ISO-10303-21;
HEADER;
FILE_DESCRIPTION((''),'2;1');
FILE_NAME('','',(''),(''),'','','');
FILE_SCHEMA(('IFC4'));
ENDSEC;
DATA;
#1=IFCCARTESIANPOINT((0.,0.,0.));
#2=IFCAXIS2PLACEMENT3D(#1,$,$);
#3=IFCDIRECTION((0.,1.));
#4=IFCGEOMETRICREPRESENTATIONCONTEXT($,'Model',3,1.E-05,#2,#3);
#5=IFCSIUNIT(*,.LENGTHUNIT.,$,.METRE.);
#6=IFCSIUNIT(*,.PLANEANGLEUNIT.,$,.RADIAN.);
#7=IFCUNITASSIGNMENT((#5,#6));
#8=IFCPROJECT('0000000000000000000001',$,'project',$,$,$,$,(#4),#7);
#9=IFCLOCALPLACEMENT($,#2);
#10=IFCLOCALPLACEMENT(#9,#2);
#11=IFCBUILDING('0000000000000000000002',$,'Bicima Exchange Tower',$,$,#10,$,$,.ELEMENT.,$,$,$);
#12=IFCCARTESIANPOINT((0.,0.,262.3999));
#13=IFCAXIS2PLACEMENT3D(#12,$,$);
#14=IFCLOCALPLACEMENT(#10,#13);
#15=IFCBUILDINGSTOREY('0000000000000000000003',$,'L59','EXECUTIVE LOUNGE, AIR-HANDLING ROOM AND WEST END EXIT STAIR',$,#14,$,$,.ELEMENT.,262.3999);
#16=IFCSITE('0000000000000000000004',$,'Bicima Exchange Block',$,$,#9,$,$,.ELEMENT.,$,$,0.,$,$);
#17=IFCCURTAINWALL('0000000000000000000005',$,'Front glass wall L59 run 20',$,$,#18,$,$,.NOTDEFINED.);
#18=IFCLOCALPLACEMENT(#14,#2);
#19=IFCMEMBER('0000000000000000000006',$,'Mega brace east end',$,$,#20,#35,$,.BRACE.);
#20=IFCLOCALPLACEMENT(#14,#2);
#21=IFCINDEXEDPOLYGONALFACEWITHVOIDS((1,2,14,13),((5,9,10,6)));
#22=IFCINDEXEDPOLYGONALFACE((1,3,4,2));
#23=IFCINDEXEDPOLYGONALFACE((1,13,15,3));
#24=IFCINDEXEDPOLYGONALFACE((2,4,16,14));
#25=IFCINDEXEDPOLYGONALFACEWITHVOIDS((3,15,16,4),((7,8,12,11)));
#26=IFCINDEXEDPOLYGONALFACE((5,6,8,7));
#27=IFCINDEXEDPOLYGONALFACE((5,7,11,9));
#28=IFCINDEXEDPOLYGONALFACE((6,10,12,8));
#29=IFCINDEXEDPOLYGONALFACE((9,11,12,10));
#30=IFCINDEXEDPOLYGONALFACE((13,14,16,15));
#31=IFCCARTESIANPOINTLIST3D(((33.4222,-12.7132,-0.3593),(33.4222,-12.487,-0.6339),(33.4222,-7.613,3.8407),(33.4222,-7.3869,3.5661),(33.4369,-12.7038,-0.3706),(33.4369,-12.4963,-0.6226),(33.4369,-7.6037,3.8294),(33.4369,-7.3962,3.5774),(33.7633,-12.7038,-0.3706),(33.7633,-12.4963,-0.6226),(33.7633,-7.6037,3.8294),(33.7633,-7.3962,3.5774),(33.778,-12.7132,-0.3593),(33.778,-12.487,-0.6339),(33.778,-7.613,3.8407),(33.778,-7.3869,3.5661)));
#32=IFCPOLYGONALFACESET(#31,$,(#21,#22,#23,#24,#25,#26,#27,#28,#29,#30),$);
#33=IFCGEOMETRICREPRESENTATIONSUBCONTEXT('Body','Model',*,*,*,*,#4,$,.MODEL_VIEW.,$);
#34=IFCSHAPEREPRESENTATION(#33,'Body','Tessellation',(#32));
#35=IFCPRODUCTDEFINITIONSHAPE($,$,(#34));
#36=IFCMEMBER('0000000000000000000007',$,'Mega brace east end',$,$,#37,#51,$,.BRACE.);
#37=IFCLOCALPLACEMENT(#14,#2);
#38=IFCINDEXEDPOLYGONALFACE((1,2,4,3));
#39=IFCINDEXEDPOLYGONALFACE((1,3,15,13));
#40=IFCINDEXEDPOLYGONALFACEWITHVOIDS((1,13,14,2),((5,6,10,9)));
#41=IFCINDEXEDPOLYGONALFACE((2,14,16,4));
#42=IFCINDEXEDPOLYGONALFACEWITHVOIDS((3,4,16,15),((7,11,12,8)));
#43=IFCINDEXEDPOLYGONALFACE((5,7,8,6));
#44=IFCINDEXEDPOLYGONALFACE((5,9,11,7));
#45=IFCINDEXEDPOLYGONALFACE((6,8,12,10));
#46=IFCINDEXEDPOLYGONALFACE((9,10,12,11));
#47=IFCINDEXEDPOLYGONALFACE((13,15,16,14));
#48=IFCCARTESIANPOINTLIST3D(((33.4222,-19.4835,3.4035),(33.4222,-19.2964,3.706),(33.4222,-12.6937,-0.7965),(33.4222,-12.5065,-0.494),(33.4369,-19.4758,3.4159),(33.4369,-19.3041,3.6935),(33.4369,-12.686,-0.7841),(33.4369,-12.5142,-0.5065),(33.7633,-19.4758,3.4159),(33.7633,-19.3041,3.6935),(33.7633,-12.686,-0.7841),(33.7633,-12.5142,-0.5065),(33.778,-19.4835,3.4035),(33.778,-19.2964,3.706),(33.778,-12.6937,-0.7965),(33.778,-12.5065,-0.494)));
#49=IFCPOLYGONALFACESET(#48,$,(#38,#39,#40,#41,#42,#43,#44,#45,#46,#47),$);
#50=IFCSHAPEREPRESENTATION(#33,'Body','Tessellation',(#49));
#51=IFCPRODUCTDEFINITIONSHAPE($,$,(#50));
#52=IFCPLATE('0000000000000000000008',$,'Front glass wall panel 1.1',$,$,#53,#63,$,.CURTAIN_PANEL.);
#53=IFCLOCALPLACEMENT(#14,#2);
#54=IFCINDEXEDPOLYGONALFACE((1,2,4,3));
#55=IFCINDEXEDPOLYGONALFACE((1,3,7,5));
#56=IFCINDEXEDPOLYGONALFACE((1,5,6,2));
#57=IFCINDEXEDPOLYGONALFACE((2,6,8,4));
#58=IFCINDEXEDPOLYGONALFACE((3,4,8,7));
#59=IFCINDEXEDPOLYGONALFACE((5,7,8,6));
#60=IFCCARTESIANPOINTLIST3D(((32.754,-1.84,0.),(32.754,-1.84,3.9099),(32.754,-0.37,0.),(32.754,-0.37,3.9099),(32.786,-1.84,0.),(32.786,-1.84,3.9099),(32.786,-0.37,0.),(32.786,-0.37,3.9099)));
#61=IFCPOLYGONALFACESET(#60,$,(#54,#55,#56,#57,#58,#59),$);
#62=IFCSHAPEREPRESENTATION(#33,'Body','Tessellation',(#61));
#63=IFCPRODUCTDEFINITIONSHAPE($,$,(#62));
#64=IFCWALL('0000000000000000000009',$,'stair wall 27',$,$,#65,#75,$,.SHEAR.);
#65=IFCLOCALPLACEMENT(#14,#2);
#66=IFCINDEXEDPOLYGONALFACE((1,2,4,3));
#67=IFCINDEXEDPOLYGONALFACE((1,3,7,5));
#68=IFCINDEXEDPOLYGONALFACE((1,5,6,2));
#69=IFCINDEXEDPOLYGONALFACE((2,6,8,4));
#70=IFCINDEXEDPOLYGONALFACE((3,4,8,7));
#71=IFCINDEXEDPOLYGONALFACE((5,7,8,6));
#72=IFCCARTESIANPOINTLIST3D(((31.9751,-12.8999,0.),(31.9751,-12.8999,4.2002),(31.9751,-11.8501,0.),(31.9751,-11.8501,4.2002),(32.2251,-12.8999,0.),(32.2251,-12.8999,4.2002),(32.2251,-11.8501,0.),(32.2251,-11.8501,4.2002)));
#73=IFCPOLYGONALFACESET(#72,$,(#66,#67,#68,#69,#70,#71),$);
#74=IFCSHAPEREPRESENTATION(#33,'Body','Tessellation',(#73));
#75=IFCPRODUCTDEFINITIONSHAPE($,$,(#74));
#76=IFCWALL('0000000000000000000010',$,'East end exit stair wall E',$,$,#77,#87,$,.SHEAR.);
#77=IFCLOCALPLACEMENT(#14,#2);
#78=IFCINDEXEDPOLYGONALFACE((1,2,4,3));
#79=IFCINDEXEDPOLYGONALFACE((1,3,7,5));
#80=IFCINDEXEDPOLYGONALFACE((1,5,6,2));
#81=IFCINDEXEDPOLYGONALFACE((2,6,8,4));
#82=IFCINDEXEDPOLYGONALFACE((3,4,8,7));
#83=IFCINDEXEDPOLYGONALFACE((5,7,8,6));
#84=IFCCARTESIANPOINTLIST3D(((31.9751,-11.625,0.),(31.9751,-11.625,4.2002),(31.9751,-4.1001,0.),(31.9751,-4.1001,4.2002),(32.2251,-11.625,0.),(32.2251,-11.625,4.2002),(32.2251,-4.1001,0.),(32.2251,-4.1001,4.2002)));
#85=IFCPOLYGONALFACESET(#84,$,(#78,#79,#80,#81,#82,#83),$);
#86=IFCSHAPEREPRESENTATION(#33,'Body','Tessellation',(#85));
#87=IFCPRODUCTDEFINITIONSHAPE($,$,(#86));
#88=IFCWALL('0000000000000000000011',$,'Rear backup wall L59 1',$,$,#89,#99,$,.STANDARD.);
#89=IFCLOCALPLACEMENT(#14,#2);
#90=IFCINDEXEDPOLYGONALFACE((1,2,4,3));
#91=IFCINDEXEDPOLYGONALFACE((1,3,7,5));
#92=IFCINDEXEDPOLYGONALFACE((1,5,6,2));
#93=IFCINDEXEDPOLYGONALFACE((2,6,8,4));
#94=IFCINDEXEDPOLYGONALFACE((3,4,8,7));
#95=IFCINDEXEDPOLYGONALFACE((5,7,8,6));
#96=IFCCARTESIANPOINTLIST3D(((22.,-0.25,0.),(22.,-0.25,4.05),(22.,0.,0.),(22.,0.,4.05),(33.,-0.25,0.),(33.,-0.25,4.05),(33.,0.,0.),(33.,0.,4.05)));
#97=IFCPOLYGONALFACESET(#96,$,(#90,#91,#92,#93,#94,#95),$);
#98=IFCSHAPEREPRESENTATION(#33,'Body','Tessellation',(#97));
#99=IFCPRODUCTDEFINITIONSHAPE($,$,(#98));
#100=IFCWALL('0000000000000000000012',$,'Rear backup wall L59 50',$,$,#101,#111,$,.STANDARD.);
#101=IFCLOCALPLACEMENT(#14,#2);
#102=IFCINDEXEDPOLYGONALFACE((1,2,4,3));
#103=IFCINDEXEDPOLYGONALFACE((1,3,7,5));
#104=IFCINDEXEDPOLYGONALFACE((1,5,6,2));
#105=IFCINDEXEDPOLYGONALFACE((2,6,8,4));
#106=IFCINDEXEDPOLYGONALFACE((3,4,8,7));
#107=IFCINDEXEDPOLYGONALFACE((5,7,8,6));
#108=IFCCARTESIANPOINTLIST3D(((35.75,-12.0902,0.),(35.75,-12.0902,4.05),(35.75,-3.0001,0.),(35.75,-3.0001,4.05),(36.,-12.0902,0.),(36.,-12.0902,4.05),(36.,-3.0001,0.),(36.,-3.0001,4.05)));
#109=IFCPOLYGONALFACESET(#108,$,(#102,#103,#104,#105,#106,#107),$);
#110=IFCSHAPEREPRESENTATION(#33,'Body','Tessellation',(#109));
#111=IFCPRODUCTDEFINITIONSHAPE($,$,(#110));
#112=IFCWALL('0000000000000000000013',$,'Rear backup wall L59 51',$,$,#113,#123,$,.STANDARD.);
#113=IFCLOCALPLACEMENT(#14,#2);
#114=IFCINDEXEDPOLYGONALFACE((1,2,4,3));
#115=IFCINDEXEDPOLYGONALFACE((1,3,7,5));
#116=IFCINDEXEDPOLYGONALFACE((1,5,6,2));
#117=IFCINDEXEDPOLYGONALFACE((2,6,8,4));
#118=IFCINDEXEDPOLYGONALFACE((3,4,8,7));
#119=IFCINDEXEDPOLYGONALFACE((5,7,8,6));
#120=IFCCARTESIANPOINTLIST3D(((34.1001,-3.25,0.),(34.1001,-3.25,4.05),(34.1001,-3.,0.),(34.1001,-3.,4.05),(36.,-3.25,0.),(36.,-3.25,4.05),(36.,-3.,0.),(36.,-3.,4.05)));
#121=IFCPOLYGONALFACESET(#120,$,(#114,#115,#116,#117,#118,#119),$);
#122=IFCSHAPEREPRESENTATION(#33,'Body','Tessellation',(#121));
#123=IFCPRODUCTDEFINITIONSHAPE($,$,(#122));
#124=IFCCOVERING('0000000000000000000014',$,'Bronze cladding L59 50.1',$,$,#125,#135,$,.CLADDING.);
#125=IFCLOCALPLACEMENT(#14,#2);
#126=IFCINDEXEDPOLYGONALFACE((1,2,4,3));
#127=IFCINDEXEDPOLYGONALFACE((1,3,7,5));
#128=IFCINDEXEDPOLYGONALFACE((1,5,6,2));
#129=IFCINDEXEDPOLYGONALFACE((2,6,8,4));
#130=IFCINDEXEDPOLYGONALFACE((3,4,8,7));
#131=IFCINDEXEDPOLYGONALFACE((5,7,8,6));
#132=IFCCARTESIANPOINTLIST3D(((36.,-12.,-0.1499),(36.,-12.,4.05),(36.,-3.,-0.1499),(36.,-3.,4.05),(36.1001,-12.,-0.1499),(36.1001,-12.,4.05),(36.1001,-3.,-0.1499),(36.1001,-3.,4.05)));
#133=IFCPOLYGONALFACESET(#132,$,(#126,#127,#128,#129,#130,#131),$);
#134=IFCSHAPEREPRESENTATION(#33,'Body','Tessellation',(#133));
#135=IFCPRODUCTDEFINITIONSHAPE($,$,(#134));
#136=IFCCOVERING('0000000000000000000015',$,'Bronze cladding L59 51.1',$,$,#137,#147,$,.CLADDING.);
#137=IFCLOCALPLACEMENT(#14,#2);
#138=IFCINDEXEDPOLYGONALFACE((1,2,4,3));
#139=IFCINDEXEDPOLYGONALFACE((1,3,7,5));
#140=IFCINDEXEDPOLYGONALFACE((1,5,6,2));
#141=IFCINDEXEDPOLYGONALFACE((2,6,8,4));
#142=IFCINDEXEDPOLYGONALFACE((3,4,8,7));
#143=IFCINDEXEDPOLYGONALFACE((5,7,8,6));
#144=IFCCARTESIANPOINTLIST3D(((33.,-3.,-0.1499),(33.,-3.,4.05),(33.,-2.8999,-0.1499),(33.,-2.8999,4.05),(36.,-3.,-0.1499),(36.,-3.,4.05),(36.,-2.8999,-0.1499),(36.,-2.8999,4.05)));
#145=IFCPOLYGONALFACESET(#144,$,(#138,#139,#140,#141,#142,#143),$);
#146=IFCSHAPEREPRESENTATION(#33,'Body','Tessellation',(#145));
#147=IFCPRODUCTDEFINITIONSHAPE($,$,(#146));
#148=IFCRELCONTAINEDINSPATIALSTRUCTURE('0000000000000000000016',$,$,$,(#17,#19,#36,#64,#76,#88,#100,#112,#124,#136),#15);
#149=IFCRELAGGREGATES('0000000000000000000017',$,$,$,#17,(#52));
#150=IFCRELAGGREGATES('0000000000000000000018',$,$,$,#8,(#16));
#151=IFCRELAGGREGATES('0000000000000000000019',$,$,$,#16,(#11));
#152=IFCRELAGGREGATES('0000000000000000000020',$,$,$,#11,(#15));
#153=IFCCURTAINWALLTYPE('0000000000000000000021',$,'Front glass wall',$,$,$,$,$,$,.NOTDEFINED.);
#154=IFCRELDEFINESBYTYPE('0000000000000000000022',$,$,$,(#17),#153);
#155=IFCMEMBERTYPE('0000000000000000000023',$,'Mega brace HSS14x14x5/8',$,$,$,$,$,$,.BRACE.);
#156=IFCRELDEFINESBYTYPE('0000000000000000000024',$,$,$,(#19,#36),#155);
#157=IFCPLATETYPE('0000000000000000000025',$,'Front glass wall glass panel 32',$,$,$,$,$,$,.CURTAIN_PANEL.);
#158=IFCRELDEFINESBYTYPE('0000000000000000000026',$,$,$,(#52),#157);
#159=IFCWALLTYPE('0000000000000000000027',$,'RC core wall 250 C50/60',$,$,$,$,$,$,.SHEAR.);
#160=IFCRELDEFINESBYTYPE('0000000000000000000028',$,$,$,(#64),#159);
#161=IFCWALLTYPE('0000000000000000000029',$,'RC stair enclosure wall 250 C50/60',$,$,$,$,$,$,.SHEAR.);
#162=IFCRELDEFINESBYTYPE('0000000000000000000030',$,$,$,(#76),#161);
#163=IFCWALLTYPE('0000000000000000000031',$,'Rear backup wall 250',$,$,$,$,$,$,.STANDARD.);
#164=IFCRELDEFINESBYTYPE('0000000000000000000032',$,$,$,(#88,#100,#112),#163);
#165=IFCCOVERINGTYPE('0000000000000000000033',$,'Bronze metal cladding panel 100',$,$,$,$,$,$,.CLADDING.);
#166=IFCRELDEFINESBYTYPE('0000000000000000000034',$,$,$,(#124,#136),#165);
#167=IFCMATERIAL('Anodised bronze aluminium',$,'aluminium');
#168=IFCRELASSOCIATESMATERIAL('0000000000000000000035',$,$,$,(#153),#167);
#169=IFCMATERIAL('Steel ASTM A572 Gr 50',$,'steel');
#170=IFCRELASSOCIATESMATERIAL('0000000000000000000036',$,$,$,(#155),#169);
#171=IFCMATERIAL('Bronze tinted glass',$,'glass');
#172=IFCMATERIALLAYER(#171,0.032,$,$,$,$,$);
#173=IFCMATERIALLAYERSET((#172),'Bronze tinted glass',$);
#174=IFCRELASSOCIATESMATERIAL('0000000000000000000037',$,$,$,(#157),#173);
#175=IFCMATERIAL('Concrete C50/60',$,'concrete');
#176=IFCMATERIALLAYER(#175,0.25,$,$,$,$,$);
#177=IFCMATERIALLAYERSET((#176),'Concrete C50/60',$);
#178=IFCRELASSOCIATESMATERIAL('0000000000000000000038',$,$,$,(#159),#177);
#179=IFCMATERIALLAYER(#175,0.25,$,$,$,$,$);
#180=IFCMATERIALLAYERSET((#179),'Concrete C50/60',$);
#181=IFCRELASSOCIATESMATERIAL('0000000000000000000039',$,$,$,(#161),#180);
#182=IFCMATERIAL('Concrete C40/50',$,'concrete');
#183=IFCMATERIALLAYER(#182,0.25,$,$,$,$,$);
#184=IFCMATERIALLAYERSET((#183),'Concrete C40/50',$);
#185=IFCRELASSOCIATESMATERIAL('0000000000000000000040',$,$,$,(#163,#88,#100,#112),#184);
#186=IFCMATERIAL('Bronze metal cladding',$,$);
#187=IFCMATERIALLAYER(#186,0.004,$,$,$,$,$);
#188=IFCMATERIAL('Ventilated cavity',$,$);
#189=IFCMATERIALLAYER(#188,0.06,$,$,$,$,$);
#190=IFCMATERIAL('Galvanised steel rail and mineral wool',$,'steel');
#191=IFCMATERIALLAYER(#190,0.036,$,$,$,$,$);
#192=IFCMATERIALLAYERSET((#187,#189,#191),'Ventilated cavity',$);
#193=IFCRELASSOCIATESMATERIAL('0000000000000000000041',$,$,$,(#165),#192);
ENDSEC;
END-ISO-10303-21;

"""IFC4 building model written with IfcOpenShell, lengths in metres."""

from ifc_helpers import new_model, si_unit, direction, frame, frame_2d, origin, origin_2d, place, context, subcontext, project, spatial, rectangle, hollow_rectangle, extrude, material, layer, layer_set, layer_usage, material_profile, profile_set, type_object, element, aggregate, save


model = new_model("IFC4")

# Units and contexts
model_context = context("Model", 3, precision=1e-05, world=origin(), true_north=direction((0.0, 1.0)))
body_context = subcontext(model_context, "Body", "Model", "MODEL_VIEW")
ifc_project = project(units=[si_unit("LENGTHUNIT", "METRE"), si_unit("PLANEANGLEUNIT", "RADIAN")], contexts=[model_context])

# Site, building, storey
site_placement = place(None, origin())
site = spatial("IfcSite", under=ifc_project, at=site_placement, Name="Bicima Exchange Block", CompositionType="ELEMENT", RefElevation=0.0)
building_placement = place(site_placement, origin())
building = spatial("IfcBuilding", under=site, at=building_placement, Name="Bicima Exchange Tower", CompositionType="ELEMENT")
storey_placement = place(building_placement, frame((0.0, 0.0, 262.3999)))
storey = spatial("IfcBuildingStorey", under=building, at=storey_placement, Name="L59", Description="EXECUTIVE LOUNGE, AIR-HANDLING ROOM AND WEST END EXIT STAIR", CompositionType="ELEMENT", Elevation=262.3999)

# Shared definitions
ifc_material_1 = material(Name="Steel ASTM A572 Gr 50", Category="steel")

# Shared definitions
ifc_material_2 = material(Name="Anodised bronze aluminium", Category="aluminium")

# Curtain wall
curtain_wall_type_1 = type_object("IfcCurtainWallType", Name="Front glass wall", PredefinedType="NOTDEFINED", material=ifc_material_2)
curtain_wall_1_placement = place(storey_placement, origin())
curtain_wall_1 = element("IfcCurtainWall", 1, at=curtain_wall_1_placement, inside=storey, type_object=curtain_wall_type_1, Name="Front glass wall L59 run 20", PredefinedType="NOTDEFINED")

# Members
ifc_material_profile_1 = material_profile(ifc_material_1, hollow_rectangle(XDim=0.3557, YDim=0.3557, WallThickness=0.0146, at=origin_2d()))
ifc_profile_set_1 = profile_set([ifc_material_profile_1], Name="Steel ASTM A572 Gr 50")
member_type_1 = type_object("IfcMemberType", Name="Mega brace HSS14x14x5/8", PredefinedType="BRACE", material=ifc_profile_set_1)
for number, where, z_axis, x_axis, name in (
    (2, (33.6001, -12.6001, -0.4966), (0.0, 0.77194, 0.635696), (-1.0, 0.0, 0.0), "Mega brace east end"),
):
    element("IfcMember", number, at=place(storey_placement, frame(where, z_axis=z_axis, x_axis=x_axis)), inside=storey, type_object=member_type_1, Name=name, PredefinedType="BRACE", context=body_context, shape_type="SweptSolid", body=[
        extrude(hollow_rectangle(XDim=0.3557, YDim=0.3557, WallThickness=0.0146, at=origin_2d()), origin(), (0.0, 0.0, 1.0), 6.6069),
    ])
member_1_placement = place(storey_placement, frame((33.6001, -12.6001, -0.6453), z_axis=(0.0, -0.850448, 0.52606), x_axis=(1.0, 0.0, 0.0)))
element("IfcMember", 3, at=member_1_placement, inside=storey, type_object=member_type_1, Name="Mega brace east end", PredefinedType="BRACE", context=body_context, shape_type="SweptSolid", body=[
    extrude(hollow_rectangle(XDim=0.3557, YDim=0.3557, WallThickness=0.0146, at=origin_2d()), origin(), (0.0, 0.0, 1.0), 7.9839),
])

# Plate
ifc_material_3 = material(Name="Bronze tinted glass", Category="glass")
ifc_layer_1 = layer(ifc_material_3, 0.032)
ifc_layer_set_1 = layer_set([ifc_layer_1], Name="Bronze tinted glass")
plate_type = type_object("IfcPlateType", Name="Front glass wall glass panel 32", PredefinedType="CURTAIN_PANEL", material=ifc_layer_set_1)
plate_placement = place(storey_placement, frame((32.77, -1.105, 0.0), z_axis=(0.0, 0.0, 1.0), x_axis=(0.0, 1.0, 0.0)))
plate = element("IfcPlate", 4, at=plate_placement, type_object=plate_type, Name="Front glass wall panel 1.1", PredefinedType="CURTAIN_PANEL", context=body_context, shape_type="SweptSolid", body=[
    extrude(rectangle(XDim=1.47, YDim=0.032, at=origin_2d()), origin(), (0.0, 0.0, 1.0), 3.9099),
])
aggregate(curtain_wall_1, [plate])

# Walls
ifc_material_4 = material(Name="Concrete C50/60", Category="concrete")
ifc_layer_2 = layer(ifc_material_4, 0.25)
ifc_layer_set_2 = layer_set([ifc_layer_2], Name="Concrete C50/60")
wall_type_1 = type_object("IfcWallType", Name="RC core wall 250 C50/60", PredefinedType="SHEAR", material=ifc_layer_set_2)
wall_1_placement = place(storey_placement, frame((32.1001, -12.8999, 0.0), z_axis=(0.0, 0.0, 1.0), x_axis=(0.0, 1.0, 0.0)))
element("IfcWall", 5, at=wall_1_placement, inside=storey, type_object=wall_type_1, Name="stair wall 27", PredefinedType="SHEAR", context=body_context, shape_type="SweptSolid", body=[
    extrude(rectangle(XDim=1.0498, YDim=0.25, at=frame_2d((0.5249, 0.0))), origin(), (0.0, 0.0, 1.0), 4.2002),
])
ifc_layer_3 = layer(ifc_material_4, 0.25)
ifc_layer_set_3 = layer_set([ifc_layer_3], Name="Concrete C50/60")
wall_type_2 = type_object("IfcWallType", Name="RC stair enclosure wall 250 C50/60", PredefinedType="SHEAR", material=ifc_layer_set_3)
wall_2_placement = place(storey_placement, frame((32.1001, -11.625, 0.0), z_axis=(0.0, 0.0, 1.0), x_axis=(0.0, 1.0, 0.0)))
element("IfcWall", 6, at=wall_2_placement, inside=storey, type_object=wall_type_2, Name="East end exit stair wall E", PredefinedType="SHEAR", context=body_context, shape_type="SweptSolid", body=[
    extrude(rectangle(XDim=7.5249, YDim=0.25, at=frame_2d((3.7625, 0.0))), origin(), (0.0, 0.0, 1.0), 4.2002),
])
ifc_material_5 = material(Name="Concrete C40/50", Category="concrete")
ifc_layer_4 = layer(ifc_material_5, 0.25)
ifc_layer_set_4 = layer_set([ifc_layer_4], Name="Concrete C40/50")
ifc_layer_usage = layer_usage(ifc_layer_set_4, "AXIS2", "POSITIVE", -0.125)
wall_type_3 = type_object("IfcWallType", Name="Rear backup wall 250", PredefinedType="STANDARD", material=ifc_layer_set_4)
wall_3_placement = place(storey_placement, frame((33.0, -0.125, 0.0), z_axis=(0.0, 0.0, 1.0), x_axis=(-1.0, 0.0, 0.0)))
element("IfcWall", 7, at=wall_3_placement, inside=storey, type_object=wall_type_3, material=ifc_layer_usage, Name="Rear backup wall L59 1", PredefinedType="STANDARD", context=body_context, shape_type="SweptSolid", body=[
    extrude(rectangle(XDim=11.0, YDim=0.25, at=frame_2d((5.5, 0.0))), origin(), (0.0, 0.0, 1.0), 4.05),
])
wall_4_placement = place(storey_placement, frame((35.875, -12.0901, 0.0), z_axis=(0.0, 0.0, 1.0), x_axis=(0.0, 1.0, 0.0)))
element("IfcWall", 8, at=wall_4_placement, inside=storey, type_object=wall_type_3, material=ifc_layer_usage, Name="Rear backup wall L59 50", PredefinedType="STANDARD", context=body_context, shape_type="SweptSolid", body=[
    extrude(rectangle(XDim=9.0901, YDim=0.25, at=frame_2d((4.5449, 0.0))), origin(), (0.0, 0.0, 1.0), 4.05),
])
wall_5_placement = place(storey_placement, frame((36.0, -3.125, 0.0), z_axis=(0.0, 0.0, 1.0), x_axis=(-1.0, 0.0, 0.0)))
element("IfcWall", 9, at=wall_5_placement, inside=storey, type_object=wall_type_3, material=ifc_layer_usage, Name="Rear backup wall L59 51", PredefinedType="STANDARD", context=body_context, shape_type="SweptSolid", body=[
    extrude(rectangle(XDim=1.8999, YDim=0.25, at=frame_2d((0.95, 0.0))), origin(), (0.0, 0.0, 1.0), 4.05),
])

# Coverings
ifc_material_6 = material(Name="Bronze metal cladding")
ifc_layer_5 = layer(ifc_material_6, 0.004)
ifc_material_7 = material(Name="Ventilated cavity")
ifc_layer_6 = layer(ifc_material_7, 0.06)
ifc_material_8 = material(Name="Galvanised steel rail and mineral wool", Category="steel")
ifc_layer_7 = layer(ifc_material_8, 0.036)
ifc_layer_set_5 = layer_set([ifc_layer_5, ifc_layer_6, ifc_layer_7], Name="Ventilated cavity")
covering_type = type_object("IfcCoveringType", Name="Bronze metal cladding panel 100", PredefinedType="CLADDING", material=ifc_layer_set_5)
covering_1_placement = place(storey_placement, frame((36.05, -7.5, -0.1499), z_axis=(0.0, 0.0, 1.0), x_axis=(0.0, 1.0, 0.0)))
element("IfcCovering", 10, at=covering_1_placement, inside=storey, type_object=covering_type, Name="Bronze cladding L59 50.1", PredefinedType="CLADDING", context=body_context, shape_type="SweptSolid", body=[
    extrude(rectangle(XDim=9.0, YDim=0.1001, at=origin_2d()), origin(), (0.0, 0.0, 1.0), 4.2),
])
covering_2_placement = place(storey_placement, frame((34.5, -2.95, -0.1499), z_axis=(0.0, 0.0, 1.0), x_axis=(-1.0, 0.0, 0.0)))
element("IfcCovering", 11, at=covering_2_placement, inside=storey, type_object=covering_type, Name="Bronze cladding L59 51.1", PredefinedType="CLADDING", context=body_context, shape_type="SweptSolid", body=[
    extrude(rectangle(XDim=3.0, YDim=0.1001, at=origin_2d()), origin(), (0.0, 0.0, 1.0), 4.2),
])

save(model, "model.ifc")
